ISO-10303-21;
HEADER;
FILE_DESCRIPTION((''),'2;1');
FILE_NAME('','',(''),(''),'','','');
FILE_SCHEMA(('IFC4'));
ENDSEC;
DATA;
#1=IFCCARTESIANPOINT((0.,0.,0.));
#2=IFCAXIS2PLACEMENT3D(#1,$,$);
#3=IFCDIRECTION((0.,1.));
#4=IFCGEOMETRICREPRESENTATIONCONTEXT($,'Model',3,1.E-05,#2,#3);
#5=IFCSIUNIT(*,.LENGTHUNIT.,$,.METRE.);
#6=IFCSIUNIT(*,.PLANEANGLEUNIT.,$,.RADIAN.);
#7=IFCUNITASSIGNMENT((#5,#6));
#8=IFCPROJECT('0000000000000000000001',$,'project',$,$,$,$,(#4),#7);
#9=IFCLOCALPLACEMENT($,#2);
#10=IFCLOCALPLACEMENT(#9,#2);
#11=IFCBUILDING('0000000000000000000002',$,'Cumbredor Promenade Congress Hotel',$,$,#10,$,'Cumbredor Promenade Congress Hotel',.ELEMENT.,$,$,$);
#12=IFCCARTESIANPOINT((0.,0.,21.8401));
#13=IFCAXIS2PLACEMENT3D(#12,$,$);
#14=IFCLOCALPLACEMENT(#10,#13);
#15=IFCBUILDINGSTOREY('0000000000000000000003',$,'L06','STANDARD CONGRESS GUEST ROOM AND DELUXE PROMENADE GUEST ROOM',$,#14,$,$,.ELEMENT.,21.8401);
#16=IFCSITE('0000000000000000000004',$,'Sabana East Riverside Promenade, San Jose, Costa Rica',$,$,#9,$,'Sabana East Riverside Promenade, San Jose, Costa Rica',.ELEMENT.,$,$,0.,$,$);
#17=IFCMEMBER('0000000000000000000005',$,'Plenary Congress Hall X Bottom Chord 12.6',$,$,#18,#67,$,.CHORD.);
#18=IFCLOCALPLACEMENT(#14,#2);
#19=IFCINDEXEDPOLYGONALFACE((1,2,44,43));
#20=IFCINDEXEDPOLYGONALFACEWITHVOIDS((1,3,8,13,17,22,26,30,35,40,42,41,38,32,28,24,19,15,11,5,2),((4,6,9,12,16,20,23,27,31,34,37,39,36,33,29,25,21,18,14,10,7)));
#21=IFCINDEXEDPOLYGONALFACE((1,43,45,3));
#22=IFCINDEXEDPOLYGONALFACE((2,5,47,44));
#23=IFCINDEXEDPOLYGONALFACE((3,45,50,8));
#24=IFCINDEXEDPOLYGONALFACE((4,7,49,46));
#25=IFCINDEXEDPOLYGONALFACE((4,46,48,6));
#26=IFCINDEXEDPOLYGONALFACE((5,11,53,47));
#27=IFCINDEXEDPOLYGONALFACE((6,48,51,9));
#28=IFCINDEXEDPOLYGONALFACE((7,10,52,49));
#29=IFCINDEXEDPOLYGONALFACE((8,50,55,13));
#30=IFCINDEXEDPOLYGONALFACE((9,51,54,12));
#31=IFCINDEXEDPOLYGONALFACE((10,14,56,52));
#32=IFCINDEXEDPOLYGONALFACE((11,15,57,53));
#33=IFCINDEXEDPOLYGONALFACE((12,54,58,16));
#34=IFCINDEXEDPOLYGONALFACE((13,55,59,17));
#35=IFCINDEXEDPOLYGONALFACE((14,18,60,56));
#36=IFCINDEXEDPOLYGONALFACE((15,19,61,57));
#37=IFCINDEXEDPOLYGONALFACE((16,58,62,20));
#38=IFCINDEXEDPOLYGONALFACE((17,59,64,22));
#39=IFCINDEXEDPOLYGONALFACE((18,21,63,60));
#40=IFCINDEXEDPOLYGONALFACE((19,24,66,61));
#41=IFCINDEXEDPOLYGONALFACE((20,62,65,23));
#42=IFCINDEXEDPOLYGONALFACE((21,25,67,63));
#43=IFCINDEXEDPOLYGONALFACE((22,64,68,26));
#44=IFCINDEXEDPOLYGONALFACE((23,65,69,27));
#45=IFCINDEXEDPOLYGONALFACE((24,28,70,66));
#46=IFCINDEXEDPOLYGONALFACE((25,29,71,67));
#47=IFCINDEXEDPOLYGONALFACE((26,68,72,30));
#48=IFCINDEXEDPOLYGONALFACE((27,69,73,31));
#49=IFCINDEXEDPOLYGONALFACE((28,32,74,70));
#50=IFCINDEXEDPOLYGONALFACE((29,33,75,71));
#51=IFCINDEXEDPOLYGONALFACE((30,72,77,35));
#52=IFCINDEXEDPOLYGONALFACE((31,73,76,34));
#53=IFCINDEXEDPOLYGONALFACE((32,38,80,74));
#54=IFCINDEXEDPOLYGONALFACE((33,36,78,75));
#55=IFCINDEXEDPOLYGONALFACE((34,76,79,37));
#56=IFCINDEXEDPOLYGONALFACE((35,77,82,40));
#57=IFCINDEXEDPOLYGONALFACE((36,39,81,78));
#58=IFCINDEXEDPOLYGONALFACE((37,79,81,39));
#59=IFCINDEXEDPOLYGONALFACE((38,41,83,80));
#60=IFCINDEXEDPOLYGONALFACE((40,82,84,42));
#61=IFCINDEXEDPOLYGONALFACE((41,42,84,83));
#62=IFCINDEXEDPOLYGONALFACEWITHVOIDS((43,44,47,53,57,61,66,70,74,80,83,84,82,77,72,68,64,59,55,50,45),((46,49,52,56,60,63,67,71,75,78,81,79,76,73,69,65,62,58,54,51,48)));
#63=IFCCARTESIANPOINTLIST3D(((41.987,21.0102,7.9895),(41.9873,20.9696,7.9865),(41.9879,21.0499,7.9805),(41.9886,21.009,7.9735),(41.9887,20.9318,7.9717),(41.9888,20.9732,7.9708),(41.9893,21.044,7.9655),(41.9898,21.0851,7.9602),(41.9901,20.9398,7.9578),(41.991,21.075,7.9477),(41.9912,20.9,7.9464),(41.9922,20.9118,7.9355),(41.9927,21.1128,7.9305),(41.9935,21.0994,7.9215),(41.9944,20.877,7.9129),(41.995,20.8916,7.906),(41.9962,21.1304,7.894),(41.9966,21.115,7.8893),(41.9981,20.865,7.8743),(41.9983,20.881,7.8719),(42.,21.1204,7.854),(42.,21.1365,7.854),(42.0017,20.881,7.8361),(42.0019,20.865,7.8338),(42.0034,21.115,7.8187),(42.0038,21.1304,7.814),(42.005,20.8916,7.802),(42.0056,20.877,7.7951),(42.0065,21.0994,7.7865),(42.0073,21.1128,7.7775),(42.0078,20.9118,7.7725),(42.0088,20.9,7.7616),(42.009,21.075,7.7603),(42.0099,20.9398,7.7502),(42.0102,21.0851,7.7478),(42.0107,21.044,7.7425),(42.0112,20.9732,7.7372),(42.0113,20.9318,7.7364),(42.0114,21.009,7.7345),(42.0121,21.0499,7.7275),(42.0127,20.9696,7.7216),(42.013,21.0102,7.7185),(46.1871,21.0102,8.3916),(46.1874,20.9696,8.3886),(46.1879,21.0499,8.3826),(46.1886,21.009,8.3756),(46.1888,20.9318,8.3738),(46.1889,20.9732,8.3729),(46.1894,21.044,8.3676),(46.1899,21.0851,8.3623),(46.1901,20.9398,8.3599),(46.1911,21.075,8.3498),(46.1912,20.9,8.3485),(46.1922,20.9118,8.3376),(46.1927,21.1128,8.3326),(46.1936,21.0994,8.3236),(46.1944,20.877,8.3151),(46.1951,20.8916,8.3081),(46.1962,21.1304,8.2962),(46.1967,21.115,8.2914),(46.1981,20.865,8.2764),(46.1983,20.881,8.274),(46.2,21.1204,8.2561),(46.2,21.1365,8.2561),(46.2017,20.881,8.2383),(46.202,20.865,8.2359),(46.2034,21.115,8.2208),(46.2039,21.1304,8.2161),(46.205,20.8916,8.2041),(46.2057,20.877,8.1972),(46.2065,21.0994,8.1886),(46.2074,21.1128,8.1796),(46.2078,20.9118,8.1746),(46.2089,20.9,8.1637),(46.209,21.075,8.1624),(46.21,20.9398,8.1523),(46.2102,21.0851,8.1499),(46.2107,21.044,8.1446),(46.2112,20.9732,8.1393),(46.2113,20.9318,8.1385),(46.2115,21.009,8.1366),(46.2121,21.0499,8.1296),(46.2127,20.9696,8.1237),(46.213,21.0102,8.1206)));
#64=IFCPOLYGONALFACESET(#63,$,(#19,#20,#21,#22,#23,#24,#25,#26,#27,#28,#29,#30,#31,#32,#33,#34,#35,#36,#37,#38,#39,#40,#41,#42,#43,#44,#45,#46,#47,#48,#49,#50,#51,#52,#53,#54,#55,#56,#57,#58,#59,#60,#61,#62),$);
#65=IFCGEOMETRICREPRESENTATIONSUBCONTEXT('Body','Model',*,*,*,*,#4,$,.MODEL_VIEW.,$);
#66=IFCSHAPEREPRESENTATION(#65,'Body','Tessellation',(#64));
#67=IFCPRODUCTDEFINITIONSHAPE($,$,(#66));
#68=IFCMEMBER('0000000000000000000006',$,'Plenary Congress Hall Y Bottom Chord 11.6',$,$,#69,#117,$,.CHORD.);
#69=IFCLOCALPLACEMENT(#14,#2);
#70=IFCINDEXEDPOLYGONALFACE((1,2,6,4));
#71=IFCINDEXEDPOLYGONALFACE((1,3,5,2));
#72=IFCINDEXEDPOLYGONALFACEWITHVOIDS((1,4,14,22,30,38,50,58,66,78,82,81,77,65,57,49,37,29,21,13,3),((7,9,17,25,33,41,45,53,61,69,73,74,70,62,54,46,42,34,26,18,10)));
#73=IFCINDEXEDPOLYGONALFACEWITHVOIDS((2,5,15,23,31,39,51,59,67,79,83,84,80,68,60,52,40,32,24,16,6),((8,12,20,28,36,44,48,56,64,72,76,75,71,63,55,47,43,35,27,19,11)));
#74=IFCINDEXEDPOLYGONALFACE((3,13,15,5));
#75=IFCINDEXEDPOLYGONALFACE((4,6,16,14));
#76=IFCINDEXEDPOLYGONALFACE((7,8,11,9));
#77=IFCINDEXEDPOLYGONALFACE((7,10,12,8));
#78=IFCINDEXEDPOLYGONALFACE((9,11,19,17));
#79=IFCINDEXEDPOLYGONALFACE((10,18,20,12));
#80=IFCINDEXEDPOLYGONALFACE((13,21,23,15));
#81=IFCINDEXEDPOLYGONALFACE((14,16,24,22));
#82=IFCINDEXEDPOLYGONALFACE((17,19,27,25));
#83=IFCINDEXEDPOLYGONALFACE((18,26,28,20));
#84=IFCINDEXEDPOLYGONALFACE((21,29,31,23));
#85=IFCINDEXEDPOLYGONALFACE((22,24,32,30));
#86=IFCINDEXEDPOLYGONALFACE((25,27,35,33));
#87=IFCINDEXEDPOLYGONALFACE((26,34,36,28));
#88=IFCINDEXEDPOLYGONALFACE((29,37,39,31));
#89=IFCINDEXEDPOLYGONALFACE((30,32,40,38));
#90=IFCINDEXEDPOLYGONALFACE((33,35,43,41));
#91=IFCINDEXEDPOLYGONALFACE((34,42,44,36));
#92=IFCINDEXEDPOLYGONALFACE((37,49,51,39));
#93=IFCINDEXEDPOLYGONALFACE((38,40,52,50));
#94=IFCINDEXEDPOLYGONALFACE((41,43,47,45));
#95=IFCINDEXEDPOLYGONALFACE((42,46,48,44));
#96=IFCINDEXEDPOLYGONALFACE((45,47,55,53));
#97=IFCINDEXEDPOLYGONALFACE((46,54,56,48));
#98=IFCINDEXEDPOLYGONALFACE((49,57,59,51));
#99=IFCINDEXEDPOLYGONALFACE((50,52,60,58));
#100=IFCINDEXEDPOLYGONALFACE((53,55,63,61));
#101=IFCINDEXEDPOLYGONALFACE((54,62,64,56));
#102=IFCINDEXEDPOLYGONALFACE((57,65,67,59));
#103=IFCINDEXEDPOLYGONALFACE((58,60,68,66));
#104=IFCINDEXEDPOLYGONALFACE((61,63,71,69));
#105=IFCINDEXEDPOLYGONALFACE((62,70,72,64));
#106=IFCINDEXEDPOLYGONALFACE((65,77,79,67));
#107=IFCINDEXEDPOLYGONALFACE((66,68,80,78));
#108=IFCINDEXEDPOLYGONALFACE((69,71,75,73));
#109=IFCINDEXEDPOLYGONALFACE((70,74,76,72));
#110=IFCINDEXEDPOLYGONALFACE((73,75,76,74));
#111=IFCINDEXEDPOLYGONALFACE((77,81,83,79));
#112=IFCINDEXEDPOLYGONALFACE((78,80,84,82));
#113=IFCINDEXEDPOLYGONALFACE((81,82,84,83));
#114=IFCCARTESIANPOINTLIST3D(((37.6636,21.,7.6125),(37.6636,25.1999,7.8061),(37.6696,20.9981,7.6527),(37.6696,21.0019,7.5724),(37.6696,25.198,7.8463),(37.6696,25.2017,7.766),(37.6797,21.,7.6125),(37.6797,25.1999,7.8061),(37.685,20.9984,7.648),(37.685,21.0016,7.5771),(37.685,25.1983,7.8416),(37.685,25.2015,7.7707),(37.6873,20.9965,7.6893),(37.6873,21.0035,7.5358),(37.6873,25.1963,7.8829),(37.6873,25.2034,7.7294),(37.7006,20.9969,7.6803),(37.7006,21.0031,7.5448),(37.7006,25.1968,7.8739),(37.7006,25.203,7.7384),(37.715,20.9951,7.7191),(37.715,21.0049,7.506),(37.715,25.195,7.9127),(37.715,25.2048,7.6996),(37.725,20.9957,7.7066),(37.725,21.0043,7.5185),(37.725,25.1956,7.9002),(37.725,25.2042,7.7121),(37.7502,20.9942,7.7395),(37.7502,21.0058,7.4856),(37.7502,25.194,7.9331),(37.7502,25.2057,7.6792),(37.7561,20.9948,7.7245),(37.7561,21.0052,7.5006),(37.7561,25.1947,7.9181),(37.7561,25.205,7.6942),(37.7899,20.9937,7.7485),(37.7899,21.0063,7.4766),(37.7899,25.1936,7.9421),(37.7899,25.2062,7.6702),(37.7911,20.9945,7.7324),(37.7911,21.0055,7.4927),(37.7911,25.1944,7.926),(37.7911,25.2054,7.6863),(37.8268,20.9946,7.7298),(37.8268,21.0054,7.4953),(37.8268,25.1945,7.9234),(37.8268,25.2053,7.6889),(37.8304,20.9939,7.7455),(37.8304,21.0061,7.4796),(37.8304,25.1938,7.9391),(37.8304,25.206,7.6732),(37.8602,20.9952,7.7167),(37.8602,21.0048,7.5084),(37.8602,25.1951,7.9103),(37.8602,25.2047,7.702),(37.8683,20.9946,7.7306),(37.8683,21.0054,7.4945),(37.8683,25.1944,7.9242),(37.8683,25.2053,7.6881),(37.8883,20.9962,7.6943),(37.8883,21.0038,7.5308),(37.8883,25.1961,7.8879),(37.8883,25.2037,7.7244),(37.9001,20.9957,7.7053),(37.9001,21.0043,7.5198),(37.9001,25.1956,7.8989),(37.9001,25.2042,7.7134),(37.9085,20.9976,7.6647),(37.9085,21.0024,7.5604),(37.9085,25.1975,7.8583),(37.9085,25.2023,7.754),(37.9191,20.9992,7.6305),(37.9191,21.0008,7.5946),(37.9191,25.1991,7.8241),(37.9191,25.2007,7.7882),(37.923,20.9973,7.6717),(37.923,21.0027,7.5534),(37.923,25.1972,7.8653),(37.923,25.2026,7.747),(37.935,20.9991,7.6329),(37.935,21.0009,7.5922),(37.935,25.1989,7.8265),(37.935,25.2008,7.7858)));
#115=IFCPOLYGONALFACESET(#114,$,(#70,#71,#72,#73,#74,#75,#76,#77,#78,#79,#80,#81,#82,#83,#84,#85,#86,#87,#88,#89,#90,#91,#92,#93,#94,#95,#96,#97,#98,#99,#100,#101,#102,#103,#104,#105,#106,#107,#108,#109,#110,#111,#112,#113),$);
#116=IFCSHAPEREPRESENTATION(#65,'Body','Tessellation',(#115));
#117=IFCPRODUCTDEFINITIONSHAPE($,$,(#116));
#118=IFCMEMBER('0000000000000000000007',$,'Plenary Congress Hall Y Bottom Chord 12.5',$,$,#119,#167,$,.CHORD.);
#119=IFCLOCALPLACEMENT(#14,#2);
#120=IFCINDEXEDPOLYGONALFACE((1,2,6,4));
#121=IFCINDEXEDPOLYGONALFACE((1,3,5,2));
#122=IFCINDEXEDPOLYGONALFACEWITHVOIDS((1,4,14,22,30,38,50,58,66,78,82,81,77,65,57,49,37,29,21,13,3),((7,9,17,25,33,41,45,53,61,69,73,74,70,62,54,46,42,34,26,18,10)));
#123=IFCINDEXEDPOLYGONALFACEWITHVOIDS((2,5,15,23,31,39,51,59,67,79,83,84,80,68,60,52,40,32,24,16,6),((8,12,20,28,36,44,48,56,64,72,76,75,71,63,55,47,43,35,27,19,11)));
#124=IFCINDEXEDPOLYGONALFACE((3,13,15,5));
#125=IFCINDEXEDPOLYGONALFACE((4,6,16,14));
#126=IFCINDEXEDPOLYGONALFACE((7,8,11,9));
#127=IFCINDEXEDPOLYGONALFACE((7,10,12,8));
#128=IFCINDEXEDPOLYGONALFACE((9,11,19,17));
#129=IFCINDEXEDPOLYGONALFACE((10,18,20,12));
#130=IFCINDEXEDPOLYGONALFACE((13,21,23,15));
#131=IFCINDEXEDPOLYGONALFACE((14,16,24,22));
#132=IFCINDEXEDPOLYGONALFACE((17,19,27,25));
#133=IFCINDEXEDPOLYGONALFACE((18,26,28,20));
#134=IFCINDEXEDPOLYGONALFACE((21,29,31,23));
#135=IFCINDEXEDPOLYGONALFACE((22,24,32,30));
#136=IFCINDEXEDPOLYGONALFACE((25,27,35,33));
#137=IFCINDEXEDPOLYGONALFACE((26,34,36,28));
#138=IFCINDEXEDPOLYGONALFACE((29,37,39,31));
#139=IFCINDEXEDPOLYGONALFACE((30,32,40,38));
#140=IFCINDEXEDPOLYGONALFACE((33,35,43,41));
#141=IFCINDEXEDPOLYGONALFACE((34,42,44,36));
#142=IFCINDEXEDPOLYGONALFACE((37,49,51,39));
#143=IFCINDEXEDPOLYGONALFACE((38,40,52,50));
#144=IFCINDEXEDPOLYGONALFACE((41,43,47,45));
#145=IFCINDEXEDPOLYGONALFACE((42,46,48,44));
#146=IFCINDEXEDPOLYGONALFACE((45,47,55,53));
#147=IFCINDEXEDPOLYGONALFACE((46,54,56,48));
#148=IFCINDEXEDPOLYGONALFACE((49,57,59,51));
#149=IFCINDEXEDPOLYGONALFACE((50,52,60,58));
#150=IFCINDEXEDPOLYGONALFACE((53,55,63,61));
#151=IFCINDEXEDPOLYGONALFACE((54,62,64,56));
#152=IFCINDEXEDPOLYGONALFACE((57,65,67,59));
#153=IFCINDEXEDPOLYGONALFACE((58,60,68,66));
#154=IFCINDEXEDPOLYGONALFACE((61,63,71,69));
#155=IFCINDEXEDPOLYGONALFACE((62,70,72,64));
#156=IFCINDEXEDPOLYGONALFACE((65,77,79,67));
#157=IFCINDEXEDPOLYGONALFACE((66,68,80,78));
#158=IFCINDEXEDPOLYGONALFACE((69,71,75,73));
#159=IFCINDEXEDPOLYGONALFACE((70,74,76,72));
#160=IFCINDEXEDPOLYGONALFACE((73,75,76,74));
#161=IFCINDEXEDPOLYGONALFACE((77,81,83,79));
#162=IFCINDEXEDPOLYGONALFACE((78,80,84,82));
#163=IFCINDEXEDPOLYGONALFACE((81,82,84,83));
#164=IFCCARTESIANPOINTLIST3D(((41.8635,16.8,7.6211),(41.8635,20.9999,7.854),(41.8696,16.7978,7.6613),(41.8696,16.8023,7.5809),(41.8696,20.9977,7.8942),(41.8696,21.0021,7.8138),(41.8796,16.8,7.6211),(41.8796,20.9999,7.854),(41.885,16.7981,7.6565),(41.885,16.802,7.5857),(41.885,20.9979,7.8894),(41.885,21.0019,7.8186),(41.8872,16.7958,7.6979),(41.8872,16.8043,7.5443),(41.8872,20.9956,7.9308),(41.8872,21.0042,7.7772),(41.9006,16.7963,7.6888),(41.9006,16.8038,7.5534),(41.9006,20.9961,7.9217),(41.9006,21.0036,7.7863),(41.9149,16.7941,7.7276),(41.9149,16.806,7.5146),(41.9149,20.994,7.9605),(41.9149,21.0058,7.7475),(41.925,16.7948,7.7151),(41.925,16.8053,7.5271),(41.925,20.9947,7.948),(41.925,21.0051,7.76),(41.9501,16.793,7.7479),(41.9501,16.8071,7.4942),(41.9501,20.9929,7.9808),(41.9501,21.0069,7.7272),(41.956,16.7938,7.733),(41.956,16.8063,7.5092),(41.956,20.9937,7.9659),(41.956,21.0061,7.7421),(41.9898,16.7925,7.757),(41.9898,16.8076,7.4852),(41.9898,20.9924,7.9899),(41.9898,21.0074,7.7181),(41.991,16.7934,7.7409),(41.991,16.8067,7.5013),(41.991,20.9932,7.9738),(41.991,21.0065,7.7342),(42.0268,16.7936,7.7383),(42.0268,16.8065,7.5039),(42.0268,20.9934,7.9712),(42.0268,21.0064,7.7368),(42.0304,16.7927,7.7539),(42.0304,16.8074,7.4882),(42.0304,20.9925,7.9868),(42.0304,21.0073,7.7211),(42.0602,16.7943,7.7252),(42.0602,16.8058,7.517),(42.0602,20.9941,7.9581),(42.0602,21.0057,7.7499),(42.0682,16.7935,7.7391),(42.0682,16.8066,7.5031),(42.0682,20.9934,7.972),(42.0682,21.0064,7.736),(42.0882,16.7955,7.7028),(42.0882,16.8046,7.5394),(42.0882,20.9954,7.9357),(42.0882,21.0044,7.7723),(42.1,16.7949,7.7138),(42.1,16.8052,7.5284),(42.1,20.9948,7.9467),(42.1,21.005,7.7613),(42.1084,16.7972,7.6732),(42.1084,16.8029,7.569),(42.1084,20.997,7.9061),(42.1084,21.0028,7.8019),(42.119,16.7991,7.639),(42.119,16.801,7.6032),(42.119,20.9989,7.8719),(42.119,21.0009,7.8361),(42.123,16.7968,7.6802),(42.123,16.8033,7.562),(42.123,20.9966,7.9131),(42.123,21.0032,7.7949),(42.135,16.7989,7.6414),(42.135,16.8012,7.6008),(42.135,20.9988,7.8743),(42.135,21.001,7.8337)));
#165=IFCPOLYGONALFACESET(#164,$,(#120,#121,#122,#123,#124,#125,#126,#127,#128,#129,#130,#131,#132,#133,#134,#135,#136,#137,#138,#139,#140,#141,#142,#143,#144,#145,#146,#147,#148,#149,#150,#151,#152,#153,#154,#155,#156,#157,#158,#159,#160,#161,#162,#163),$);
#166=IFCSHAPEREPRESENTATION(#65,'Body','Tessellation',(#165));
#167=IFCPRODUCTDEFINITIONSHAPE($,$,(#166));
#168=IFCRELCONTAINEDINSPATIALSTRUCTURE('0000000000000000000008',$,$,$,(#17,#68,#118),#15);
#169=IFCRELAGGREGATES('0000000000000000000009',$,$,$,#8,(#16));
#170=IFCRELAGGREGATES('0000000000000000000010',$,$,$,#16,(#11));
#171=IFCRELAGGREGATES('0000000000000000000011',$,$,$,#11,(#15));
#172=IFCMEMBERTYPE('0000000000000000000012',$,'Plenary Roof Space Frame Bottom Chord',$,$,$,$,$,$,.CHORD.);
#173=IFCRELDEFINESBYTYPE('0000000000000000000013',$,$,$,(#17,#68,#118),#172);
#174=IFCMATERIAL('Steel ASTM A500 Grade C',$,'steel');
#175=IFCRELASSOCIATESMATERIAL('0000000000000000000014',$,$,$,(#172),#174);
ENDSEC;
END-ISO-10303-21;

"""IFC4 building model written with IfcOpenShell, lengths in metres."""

from ifc_helpers import new_model, si_unit, direction, frame, origin, origin_2d, place, context, subcontext, project, spatial, hollow_circle, extrude, material, material_profile, profile_set, type_object, element, save


model = new_model("IFC4")

# Units and contexts
model_context = context("Model", 3, precision=1e-05, world=origin(), true_north=direction((0.0, 1.0)))
body_context = subcontext(model_context, "Body", "Model", "MODEL_VIEW")
ifc_project = project(units=[si_unit("LENGTHUNIT", "METRE"), si_unit("PLANEANGLEUNIT", "RADIAN")], contexts=[model_context])

# Site, building, storey
site_placement = place(None, origin())
site = spatial("IfcSite", under=ifc_project, at=site_placement, Name="Sabana East Riverside Promenade, San Jose, Costa Rica", LongName="Sabana East Riverside Promenade, San Jose, Costa Rica", CompositionType="ELEMENT", RefElevation=0.0)
building_placement = place(site_placement, origin())
building = spatial("IfcBuilding", under=site, at=building_placement, Name="Cumbredor Promenade Congress Hotel", LongName="Cumbredor Promenade Congress Hotel", CompositionType="ELEMENT")
storey_placement = place(building_placement, frame((0.0, 0.0, 21.8401)))
storey = spatial("IfcBuildingStorey", under=building, at=storey_placement, Name="L06", Description="STANDARD CONGRESS GUEST ROOM AND DELUXE PROMENADE GUEST ROOM", CompositionType="ELEMENT", Elevation=21.8401)

# Members
ifc_material_1 = material(Name="Steel ASTM A500 Grade C", Category="steel")
ifc_material_profile_1 = material_profile(ifc_material_1, hollow_circle(Radius=0.1365, WallThickness=0.0161, at=origin_2d()), Name="CHS 273.0x16")
ifc_profile_set_1 = profile_set([ifc_material_profile_1], Name="Steel ASTM A500 Grade C")
member_type_1 = type_object("IfcMemberType", Name="Plenary Roof Space Frame Bottom Chord", PredefinedType="CHORD", material=ifc_profile_set_1)
member_1_placement = place(storey_placement, frame((42.0, 21.0, 7.854), z_axis=(0.995448, 0.0, 0.095303), x_axis=(0.0, 1.0, 0.0)))
element("IfcMember", 1, at=member_1_placement, inside=storey, type_object=member_type_1, Name="Plenary Congress Hall X Bottom Chord 12.6", PredefinedType="CHORD", context=body_context, shape_type="SweptSolid", body=[
    extrude(hollow_circle(Radius=0.1365, WallThickness=0.0161, at=origin_2d()), origin(), (0.0, 0.0, 1.0), 4.2192),
])
member_2_placement = place(storey_placement, frame((37.8, 21.0, 7.6125), z_axis=(0.0, 0.998939, 0.046048), x_axis=(-1.0, 0.0, 0.0)))
element("IfcMember", 2, at=member_2_placement, inside=storey, type_object=member_type_1, Name="Plenary Congress Hall Y Bottom Chord 11.6", PredefinedType="CHORD", context=body_context, shape_type="SweptSolid", body=[
    extrude(hollow_circle(Radius=0.1365, WallThickness=0.0161, at=origin_2d()), origin(), (0.0, 0.0, 1.0), 4.2043),
])
member_3_placement = place(storey_placement, frame((42.0, 16.8, 7.6211), z_axis=(0.0, 0.998466, 0.05537), x_axis=(-1.0, 0.0, 0.0)))
element("IfcMember", 3, at=member_3_placement, inside=storey, type_object=member_type_1, Name="Plenary Congress Hall Y Bottom Chord 12.5", PredefinedType="CHORD", context=body_context, shape_type="SweptSolid", body=[
    extrude(hollow_circle(Radius=0.1365, WallThickness=0.0161, at=origin_2d()), origin(), (0.0, 0.0, 1.0), 4.2063),
])

save(model, "model.ifc")
